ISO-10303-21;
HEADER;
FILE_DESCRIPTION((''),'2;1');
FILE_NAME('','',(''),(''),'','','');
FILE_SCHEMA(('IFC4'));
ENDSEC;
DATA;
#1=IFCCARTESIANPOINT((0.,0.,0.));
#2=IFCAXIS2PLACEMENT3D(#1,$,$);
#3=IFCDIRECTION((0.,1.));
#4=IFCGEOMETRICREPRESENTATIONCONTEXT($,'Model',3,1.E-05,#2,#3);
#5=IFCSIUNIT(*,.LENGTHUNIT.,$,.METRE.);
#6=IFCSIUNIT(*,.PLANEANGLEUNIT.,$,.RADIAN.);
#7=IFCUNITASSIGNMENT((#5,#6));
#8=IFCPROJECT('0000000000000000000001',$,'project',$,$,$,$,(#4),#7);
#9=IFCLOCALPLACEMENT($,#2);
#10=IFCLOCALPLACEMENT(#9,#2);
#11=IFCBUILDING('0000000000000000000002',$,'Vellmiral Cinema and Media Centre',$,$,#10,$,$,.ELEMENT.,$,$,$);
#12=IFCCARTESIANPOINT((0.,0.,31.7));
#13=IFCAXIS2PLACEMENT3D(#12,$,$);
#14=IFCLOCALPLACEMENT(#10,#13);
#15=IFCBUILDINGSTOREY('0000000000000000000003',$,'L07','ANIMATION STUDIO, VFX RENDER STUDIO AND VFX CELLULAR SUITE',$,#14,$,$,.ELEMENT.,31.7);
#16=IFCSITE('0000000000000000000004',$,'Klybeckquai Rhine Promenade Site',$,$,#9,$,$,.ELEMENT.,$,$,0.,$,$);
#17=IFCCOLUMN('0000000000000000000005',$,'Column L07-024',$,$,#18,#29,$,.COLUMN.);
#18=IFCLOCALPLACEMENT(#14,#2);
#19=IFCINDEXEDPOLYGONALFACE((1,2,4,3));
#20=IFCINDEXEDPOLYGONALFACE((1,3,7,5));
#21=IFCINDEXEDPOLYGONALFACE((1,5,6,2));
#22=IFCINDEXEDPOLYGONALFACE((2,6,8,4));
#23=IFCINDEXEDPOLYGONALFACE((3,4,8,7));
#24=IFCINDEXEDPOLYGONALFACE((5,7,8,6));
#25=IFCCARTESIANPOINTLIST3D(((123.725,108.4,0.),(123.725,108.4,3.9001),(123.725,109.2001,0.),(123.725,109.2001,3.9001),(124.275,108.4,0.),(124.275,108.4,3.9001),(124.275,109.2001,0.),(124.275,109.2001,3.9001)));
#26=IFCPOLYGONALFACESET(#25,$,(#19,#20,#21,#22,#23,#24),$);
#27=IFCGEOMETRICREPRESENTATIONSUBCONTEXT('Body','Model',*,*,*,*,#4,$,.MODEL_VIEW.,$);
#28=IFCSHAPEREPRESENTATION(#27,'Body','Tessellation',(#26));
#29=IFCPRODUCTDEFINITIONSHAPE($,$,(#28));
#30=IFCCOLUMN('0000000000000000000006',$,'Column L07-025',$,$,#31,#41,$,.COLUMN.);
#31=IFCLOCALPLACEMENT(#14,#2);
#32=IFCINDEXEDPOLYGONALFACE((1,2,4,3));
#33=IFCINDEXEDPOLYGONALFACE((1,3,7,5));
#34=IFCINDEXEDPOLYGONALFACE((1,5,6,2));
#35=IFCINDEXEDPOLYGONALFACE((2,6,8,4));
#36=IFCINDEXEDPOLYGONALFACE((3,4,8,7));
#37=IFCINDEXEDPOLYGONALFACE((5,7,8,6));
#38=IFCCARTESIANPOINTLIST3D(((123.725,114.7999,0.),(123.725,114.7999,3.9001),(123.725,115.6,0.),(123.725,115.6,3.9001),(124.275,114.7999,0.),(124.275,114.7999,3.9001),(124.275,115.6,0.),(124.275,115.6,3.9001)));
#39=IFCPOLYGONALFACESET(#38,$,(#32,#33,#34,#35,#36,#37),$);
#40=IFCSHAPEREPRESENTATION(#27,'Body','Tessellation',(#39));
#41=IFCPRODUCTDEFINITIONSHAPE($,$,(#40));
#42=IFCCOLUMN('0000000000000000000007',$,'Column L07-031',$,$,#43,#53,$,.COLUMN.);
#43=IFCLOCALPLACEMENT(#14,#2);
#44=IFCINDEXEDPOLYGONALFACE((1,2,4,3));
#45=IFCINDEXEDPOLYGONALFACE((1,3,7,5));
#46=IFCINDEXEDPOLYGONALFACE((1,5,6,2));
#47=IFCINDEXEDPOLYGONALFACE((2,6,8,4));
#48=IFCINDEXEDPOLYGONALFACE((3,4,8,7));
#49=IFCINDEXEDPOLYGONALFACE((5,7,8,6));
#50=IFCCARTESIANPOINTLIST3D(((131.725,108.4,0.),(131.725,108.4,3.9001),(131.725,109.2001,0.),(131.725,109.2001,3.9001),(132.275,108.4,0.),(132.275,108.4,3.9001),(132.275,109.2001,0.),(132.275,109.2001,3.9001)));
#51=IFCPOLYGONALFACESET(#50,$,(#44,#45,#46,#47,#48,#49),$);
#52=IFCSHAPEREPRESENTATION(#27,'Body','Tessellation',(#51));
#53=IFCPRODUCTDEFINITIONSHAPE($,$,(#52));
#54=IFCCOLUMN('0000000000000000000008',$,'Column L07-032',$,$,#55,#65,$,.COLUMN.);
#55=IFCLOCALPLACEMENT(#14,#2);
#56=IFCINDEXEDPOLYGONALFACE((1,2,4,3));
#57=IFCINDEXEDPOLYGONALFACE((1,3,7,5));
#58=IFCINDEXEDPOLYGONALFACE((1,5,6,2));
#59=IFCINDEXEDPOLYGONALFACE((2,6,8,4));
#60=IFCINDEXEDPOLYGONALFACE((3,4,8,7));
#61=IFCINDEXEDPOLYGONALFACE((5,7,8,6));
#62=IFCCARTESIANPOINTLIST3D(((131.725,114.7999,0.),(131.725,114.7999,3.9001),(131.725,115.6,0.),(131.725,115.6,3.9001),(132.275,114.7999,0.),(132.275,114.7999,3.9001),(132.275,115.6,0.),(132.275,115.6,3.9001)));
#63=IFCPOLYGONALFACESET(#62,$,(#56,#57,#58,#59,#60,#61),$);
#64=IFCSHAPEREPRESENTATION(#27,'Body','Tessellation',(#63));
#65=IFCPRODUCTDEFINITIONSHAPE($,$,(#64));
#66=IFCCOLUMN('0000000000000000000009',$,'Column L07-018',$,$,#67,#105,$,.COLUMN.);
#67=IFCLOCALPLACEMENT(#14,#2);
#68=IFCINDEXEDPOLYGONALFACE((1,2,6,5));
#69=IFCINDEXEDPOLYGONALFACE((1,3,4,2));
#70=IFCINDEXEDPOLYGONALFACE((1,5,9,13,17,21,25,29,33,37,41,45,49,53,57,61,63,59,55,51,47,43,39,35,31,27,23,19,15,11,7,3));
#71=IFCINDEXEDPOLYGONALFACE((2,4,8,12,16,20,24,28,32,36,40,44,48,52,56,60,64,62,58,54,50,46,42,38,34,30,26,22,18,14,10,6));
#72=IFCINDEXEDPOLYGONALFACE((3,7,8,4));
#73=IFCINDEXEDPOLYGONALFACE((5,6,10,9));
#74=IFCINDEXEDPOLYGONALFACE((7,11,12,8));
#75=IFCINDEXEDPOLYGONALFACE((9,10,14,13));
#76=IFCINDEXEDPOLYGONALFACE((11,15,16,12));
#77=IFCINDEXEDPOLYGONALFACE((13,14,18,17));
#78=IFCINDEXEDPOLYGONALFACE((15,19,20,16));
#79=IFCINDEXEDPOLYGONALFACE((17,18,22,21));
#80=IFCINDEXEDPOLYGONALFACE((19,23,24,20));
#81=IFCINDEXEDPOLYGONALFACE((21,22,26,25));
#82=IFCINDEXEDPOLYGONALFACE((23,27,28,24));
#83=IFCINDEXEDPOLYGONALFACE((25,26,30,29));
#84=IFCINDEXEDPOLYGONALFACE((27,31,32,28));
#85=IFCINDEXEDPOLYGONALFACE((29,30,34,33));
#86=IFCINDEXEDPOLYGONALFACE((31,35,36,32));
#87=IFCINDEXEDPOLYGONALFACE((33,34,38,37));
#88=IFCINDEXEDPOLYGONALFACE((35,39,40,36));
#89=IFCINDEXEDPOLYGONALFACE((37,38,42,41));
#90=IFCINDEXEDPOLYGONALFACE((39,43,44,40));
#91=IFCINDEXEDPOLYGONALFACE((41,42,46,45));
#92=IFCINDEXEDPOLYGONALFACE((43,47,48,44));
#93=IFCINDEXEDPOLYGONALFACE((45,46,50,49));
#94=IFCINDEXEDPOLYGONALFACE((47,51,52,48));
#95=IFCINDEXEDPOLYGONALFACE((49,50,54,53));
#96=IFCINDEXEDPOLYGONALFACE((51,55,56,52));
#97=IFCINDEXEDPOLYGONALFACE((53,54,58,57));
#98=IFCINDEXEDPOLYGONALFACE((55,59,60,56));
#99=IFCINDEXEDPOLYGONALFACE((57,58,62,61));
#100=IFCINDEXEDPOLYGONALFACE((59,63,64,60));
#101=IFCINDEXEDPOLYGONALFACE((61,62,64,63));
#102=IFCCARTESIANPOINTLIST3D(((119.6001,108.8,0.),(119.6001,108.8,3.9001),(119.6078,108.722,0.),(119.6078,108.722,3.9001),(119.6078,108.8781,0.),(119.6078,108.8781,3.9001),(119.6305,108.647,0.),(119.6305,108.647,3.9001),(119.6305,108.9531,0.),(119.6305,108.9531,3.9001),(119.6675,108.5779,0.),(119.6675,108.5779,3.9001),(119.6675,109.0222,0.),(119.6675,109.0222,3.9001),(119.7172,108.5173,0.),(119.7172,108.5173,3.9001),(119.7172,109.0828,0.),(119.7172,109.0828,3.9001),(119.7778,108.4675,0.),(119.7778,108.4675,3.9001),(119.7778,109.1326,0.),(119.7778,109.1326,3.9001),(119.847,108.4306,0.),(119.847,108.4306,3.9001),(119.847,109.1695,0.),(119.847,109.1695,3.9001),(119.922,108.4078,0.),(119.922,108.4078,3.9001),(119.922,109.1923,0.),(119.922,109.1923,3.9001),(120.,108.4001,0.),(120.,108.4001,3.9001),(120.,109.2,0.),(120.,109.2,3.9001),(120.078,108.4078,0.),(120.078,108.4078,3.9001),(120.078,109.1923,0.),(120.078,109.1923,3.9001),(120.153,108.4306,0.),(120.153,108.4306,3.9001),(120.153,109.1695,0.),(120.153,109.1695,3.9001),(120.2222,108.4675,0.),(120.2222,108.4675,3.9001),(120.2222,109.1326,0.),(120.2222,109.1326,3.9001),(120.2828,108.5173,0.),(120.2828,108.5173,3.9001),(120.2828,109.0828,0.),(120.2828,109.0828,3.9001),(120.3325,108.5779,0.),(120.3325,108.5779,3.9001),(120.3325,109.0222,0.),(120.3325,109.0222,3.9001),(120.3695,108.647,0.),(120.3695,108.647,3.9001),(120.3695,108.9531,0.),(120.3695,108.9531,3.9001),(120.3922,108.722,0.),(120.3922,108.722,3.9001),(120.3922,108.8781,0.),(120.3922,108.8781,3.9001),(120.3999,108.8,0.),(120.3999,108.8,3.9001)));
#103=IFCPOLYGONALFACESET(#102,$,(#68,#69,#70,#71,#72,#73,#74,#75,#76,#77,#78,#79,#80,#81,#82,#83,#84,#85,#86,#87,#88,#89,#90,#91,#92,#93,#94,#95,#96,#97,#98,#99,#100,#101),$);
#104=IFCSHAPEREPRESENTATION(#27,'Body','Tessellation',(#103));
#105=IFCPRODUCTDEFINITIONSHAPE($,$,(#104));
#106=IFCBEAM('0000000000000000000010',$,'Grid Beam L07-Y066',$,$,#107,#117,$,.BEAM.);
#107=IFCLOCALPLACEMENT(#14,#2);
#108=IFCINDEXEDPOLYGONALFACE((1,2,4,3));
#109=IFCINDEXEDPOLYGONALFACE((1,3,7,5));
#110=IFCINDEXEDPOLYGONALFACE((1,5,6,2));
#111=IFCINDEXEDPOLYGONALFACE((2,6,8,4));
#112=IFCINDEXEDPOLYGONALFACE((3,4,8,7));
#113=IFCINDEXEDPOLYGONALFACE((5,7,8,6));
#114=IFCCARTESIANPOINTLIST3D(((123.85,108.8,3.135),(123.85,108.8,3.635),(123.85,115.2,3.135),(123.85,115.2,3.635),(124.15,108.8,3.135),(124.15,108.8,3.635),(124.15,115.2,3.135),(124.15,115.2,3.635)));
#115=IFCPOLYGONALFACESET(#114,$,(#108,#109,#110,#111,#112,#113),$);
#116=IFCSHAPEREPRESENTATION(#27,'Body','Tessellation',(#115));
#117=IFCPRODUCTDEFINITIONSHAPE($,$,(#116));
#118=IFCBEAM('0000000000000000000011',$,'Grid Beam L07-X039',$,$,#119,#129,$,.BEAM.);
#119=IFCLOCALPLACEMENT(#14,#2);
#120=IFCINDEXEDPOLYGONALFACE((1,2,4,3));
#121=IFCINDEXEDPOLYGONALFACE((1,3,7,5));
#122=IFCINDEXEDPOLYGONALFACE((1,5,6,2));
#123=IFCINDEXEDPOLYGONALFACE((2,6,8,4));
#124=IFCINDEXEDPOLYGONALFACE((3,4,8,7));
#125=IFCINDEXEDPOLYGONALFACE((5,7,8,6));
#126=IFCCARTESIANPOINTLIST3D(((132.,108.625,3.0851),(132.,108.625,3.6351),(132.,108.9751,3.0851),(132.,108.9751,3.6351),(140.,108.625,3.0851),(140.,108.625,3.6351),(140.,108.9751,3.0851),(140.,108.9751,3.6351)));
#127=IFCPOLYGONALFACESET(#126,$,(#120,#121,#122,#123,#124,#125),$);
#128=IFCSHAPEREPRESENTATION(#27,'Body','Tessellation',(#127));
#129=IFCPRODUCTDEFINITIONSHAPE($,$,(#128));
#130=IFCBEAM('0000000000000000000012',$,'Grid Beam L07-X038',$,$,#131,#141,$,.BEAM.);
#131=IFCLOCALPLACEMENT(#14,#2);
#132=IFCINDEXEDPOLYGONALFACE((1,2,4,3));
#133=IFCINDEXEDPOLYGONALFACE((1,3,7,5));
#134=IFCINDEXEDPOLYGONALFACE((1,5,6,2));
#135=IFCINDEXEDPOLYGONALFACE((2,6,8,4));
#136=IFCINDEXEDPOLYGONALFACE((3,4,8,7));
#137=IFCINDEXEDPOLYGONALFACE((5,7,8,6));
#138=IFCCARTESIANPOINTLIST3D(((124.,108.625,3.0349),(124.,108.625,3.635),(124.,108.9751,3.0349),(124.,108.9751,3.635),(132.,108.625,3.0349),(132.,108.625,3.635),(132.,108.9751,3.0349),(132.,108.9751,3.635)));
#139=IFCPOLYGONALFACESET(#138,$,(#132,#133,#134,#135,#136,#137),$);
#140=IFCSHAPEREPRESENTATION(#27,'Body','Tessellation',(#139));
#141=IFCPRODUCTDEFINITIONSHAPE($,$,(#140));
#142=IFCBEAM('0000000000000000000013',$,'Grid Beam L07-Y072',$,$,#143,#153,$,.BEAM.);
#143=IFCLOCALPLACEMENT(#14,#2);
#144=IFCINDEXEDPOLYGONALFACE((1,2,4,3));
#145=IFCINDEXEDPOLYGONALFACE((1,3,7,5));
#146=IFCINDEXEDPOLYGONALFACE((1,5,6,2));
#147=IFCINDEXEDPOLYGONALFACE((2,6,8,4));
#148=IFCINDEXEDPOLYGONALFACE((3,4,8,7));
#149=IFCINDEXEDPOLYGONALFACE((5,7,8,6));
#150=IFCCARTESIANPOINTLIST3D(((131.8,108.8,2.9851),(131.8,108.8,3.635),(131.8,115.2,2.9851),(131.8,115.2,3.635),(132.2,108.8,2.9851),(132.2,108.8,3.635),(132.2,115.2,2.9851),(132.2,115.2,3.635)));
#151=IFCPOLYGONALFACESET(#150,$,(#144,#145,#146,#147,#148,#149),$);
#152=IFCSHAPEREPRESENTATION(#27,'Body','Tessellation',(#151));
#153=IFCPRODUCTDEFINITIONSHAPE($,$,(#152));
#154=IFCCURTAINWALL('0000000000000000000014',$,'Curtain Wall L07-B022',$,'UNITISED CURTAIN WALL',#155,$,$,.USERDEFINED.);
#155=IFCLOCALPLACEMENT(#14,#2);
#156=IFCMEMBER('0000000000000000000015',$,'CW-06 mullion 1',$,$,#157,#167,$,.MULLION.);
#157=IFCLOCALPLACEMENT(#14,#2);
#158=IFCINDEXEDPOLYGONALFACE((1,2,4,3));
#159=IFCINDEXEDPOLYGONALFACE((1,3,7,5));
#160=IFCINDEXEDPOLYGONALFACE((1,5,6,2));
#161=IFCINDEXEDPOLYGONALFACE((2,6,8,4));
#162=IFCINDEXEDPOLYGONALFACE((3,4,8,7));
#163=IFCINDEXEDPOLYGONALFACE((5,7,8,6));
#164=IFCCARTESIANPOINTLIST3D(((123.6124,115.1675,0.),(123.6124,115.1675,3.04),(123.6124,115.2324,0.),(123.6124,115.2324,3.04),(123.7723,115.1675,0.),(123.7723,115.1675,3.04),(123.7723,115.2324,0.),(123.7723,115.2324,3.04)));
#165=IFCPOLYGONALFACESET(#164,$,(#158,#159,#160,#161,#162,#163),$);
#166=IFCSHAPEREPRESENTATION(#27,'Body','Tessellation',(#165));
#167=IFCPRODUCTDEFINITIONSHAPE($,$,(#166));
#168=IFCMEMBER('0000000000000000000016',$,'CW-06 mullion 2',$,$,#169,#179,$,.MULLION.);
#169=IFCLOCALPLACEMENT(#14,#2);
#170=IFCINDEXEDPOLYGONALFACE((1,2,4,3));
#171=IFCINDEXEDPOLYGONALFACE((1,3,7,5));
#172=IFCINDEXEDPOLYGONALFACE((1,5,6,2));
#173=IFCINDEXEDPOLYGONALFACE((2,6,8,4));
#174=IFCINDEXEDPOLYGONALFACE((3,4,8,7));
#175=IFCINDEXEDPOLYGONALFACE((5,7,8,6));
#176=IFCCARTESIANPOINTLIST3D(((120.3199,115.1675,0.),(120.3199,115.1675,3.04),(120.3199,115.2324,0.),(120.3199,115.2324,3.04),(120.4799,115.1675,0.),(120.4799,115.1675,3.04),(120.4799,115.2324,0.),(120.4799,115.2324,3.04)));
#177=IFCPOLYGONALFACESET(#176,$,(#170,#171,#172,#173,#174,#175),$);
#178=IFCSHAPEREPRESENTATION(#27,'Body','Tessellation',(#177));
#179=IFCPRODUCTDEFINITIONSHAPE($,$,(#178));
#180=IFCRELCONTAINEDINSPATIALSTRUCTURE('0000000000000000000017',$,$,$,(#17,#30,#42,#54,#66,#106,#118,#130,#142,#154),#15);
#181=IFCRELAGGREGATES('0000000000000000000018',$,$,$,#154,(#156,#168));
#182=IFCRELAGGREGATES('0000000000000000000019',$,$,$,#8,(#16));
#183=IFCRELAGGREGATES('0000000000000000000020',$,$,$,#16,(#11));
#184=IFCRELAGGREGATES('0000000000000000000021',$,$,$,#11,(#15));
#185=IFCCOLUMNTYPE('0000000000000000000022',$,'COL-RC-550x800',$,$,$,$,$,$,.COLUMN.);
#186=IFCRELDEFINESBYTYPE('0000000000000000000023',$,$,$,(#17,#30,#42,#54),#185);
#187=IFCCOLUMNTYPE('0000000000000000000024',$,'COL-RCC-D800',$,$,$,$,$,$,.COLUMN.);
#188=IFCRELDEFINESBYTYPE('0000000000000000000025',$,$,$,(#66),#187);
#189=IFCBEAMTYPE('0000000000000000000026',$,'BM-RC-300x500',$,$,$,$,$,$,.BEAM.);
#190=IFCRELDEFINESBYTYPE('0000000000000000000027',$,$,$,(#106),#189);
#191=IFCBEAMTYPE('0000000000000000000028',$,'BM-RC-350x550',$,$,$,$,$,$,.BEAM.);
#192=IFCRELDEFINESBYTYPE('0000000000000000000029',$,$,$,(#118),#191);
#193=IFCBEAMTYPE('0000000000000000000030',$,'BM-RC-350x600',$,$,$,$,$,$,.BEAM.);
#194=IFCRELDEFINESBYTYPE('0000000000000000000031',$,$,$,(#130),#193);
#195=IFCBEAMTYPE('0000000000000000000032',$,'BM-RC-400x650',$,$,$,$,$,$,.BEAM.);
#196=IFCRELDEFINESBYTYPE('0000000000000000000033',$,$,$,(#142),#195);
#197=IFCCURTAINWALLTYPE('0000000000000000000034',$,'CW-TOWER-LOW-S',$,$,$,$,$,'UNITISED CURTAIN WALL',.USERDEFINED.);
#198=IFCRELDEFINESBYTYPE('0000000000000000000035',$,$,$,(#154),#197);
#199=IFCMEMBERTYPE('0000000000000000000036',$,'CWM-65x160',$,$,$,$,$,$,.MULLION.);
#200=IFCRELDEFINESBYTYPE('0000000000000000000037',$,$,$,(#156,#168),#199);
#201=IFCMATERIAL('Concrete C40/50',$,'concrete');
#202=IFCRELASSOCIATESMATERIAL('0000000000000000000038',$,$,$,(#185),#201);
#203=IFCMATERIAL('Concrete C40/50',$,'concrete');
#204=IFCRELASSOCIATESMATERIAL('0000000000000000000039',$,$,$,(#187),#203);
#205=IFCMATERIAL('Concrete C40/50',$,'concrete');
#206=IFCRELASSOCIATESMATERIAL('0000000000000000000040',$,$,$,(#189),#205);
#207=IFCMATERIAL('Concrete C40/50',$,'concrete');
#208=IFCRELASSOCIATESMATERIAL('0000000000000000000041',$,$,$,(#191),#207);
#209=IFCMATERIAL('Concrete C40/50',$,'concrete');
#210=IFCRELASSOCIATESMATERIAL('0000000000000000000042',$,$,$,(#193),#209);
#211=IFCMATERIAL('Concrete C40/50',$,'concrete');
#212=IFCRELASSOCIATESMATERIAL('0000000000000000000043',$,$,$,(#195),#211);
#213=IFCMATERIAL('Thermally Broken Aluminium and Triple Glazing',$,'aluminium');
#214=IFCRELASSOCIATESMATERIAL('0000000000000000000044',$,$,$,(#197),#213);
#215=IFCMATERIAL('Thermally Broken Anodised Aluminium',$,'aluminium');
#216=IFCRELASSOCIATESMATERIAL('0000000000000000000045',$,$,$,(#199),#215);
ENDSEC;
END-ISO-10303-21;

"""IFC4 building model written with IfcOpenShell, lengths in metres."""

from ifc_helpers import new_model, si_unit, direction, frame, origin, origin_2d, place, context, subcontext, project, spatial, rectangle, circle, extrude, material, material_profile, profile_set, type_object, element, aggregate, save


model = new_model("IFC4")

# Units and contexts
model_context = context("Model", 3, precision=1e-05, world=origin(), true_north=direction((0.0, 1.0)))
body_context = subcontext(model_context, "Body", "Model", "MODEL_VIEW")
ifc_project = project(units=[si_unit("LENGTHUNIT", "METRE"), si_unit("PLANEANGLEUNIT", "RADIAN")], contexts=[model_context])

# Site, building, storey
site_placement = place(None, origin())
site = spatial("IfcSite", under=ifc_project, at=site_placement, Name="Klybeckquai Rhine Promenade Site", CompositionType="ELEMENT", RefElevation=0.0)
building_placement = place(site_placement, origin())
building = spatial("IfcBuilding", under=site, at=building_placement, Name="Vellmiral Cinema and Media Centre", CompositionType="ELEMENT")
storey_placement = place(building_placement, frame((0.0, 0.0, 31.7)))
storey = spatial("IfcBuildingStorey", under=building, at=storey_placement, Name="L07", Description="ANIMATION STUDIO, VFX RENDER STUDIO AND VFX CELLULAR SUITE", CompositionType="ELEMENT", Elevation=31.7)

# Columns
ifc_material_1 = material(Name="Concrete C40/50", Category="concrete")
ifc_material_profile_1 = material_profile(ifc_material_1, rectangle(XDim=0.55, YDim=0.8, at=origin_2d()), Name="RC 550x800")
ifc_profile_set_1 = profile_set([ifc_material_profile_1], Name="Concrete C40/50")
column_type_1 = type_object("IfcColumnType", Name="COL-RC-550x800", PredefinedType="COLUMN", material=ifc_profile_set_1)
for number, where, z_axis, x_axis, name in (
    (1, (124.0, 108.8, 0.0), (0.0, 0.0, 1.0), (1.0, 0.0, 0.0), "Column L07-024"),
    (2, (124.0, 115.2, 0.0), (0.0, 0.0, 1.0), (1.0, 0.0, 0.0), "Column L07-025"),
    (3, (132.0, 108.8, 0.0), (0.0, 0.0, 1.0), (1.0, 0.0, 0.0), "Column L07-031"),
    (4, (132.0, 115.2, 0.0), (0.0, 0.0, 1.0), (1.0, 0.0, 0.0), "Column L07-032"),
):
    element("IfcColumn", number, at=place(storey_placement, frame(where, z_axis=z_axis, x_axis=x_axis)), inside=storey, type_object=column_type_1, Name=name, PredefinedType="COLUMN", context=body_context, shape_type="SweptSolid", body=[
        extrude(rectangle(XDim=0.55, YDim=0.8, at=origin_2d()), origin(), (0.0, 0.0, 1.0), 3.9001),
    ])
ifc_material_2 = material(Name="Concrete C40/50", Category="concrete")
ifc_material_profile_2 = material_profile(ifc_material_2, circle(Radius=0.3999, at=origin_2d()), Name="RC D800")
ifc_profile_set_2 = profile_set([ifc_material_profile_2], Name="Concrete C40/50")
column_type_2 = type_object("IfcColumnType", Name="COL-RCC-D800", PredefinedType="COLUMN", material=ifc_profile_set_2)
column_placement = place(storey_placement, frame((120.0, 108.8, 0.0), z_axis=(0.0, 0.0, 1.0), x_axis=(1.0, 0.0, 0.0)))
element("IfcColumn", 5, at=column_placement, inside=storey, type_object=column_type_2, Name="Column L07-018", PredefinedType="COLUMN", context=body_context, shape_type="SweptSolid", body=[
    extrude(circle(Radius=0.3999, at=origin_2d()), origin(), (0.0, 0.0, 1.0), 3.9001),
])

# Beams
ifc_material_3 = material(Name="Concrete C40/50", Category="concrete")
ifc_material_profile_3 = material_profile(ifc_material_3, rectangle(XDim=0.3, YDim=0.5, at=origin_2d()), Name="RC 300x500")
ifc_profile_set_3 = profile_set([ifc_material_profile_3], Name="Concrete C40/50")
beam_type_1 = type_object("IfcBeamType", Name="BM-RC-300x500", PredefinedType="BEAM", material=ifc_profile_set_3)
beam_1_placement = place(storey_placement, frame((124.0, 108.8, 3.385), z_axis=(0.0, 1.0, 0.0), x_axis=(-1.0, 0.0, 0.0)))
element("IfcBeam", 6, at=beam_1_placement, inside=storey, type_object=beam_type_1, Name="Grid Beam L07-Y066", PredefinedType="BEAM", context=body_context, shape_type="SweptSolid", body=[
    extrude(rectangle(XDim=0.3, YDim=0.5, at=origin_2d()), origin(), (0.0, 0.0, 1.0), 6.3999),
])
ifc_material_4 = material(Name="Concrete C40/50", Category="concrete")
ifc_material_profile_4 = material_profile(ifc_material_4, rectangle(XDim=0.3501, YDim=0.55, at=origin_2d()), Name="RC 350x550")
ifc_profile_set_4 = profile_set([ifc_material_profile_4], Name="Concrete C40/50")
beam_type_2 = type_object("IfcBeamType", Name="BM-RC-350x550", PredefinedType="BEAM", material=ifc_profile_set_4)
beam_2_placement = place(storey_placement, frame((132.0, 108.8, 3.3601), z_axis=(1.0, 0.0, 0.0), x_axis=(0.0, 1.0, 0.0)))
element("IfcBeam", 7, at=beam_2_placement, inside=storey, type_object=beam_type_2, Name="Grid Beam L07-X039", PredefinedType="BEAM", context=body_context, shape_type="SweptSolid", body=[
    extrude(rectangle(XDim=0.3501, YDim=0.55, at=origin_2d()), origin(), (0.0, 0.0, 1.0), 8.0),
])
ifc_material_5 = material(Name="Concrete C40/50", Category="concrete")
ifc_material_profile_5 = material_profile(ifc_material_5, rectangle(XDim=0.3501, YDim=0.6001, at=origin_2d()), Name="RC 350x600")
ifc_profile_set_5 = profile_set([ifc_material_profile_5], Name="Concrete C40/50")
beam_type_3 = type_object("IfcBeamType", Name="BM-RC-350x600", PredefinedType="BEAM", material=ifc_profile_set_5)
beam_3_placement = place(storey_placement, frame((124.0, 108.8, 3.335), z_axis=(1.0, 0.0, 0.0), x_axis=(0.0, 1.0, 0.0)))
element("IfcBeam", 8, at=beam_3_placement, inside=storey, type_object=beam_type_3, Name="Grid Beam L07-X038", PredefinedType="BEAM", context=body_context, shape_type="SweptSolid", body=[
    extrude(rectangle(XDim=0.3501, YDim=0.6001, at=origin_2d()), origin(), (0.0, 0.0, 1.0), 8.0),
])
ifc_material_6 = material(Name="Concrete C40/50", Category="concrete")
ifc_material_profile_6 = material_profile(ifc_material_6, rectangle(XDim=0.3999, YDim=0.6499, at=origin_2d()), Name="RC 400x650")
ifc_profile_set_6 = profile_set([ifc_material_profile_6], Name="Concrete C40/50")
beam_type_4 = type_object("IfcBeamType", Name="BM-RC-400x650", PredefinedType="BEAM", material=ifc_profile_set_6)
beam_4_placement = place(storey_placement, frame((132.0, 108.8, 3.3101), z_axis=(0.0, 1.0, 0.0), x_axis=(-1.0, 0.0, 0.0)))
element("IfcBeam", 9, at=beam_4_placement, inside=storey, type_object=beam_type_4, Name="Grid Beam L07-Y072", PredefinedType="BEAM", context=body_context, shape_type="SweptSolid", body=[
    extrude(rectangle(XDim=0.3999, YDim=0.6499, at=origin_2d()), origin(), (0.0, 0.0, 1.0), 6.3999),
])

# Curtain wall, members
ifc_material_7 = material(Name="Thermally Broken Aluminium and Triple Glazing", Category="aluminium")
curtain_wall_type = type_object("IfcCurtainWallType", Name="CW-TOWER-LOW-S", ElementType="UNITISED CURTAIN WALL", PredefinedType="USERDEFINED", material=ifc_material_7)
curtain_wall_placement = place(storey_placement, origin())
curtain_wall = element("IfcCurtainWall", 10, at=curtain_wall_placement, inside=storey, type_object=curtain_wall_type, Name="Curtain Wall L07-B022", ObjectType="UNITISED CURTAIN WALL", PredefinedType="USERDEFINED")
ifc_material_8 = material(Name="Thermally Broken Anodised Aluminium", Category="aluminium")
ifc_material_profile_7 = material_profile(ifc_material_8, rectangle(XDim=0.0649, YDim=0.1599, at=origin_2d()), Name="MULL 65x160")
ifc_profile_set_7 = profile_set([ifc_material_profile_7], Name="Thermally Broken Anodised Aluminium")
member_type_1 = type_object("IfcMemberType", Name="CWM-65x160", PredefinedType="MULLION", material=ifc_profile_set_7)
member_1_placement = place(storey_placement, frame((123.6924, 115.2, 0.0), z_axis=(0.0, 0.0, 1.0), x_axis=(0.0, -1.0, 0.0)))
member_1 = element("IfcMember", 11, at=member_1_placement, type_object=member_type_1, Name="CW-06 mullion 1", PredefinedType="MULLION", context=body_context, shape_type="SweptSolid", body=[
    extrude(rectangle(XDim=0.0649, YDim=0.1599, at=origin_2d()), origin(), (0.0, 0.0, 1.0), 3.04),
])
member_2_placement = place(storey_placement, frame((120.3999, 115.2, 0.0), z_axis=(0.0, 0.0, 1.0), x_axis=(0.0, -1.0, 0.0)))
member_2 = element("IfcMember", 12, at=member_2_placement, type_object=member_type_1, Name="CW-06 mullion 2", PredefinedType="MULLION", context=body_context, shape_type="SweptSolid", body=[
    extrude(rectangle(XDim=0.0649, YDim=0.1599, at=origin_2d()), origin(), (0.0, 0.0, 1.0), 3.04),
])

aggregate(curtain_wall, [member_1, member_2])

save(model, "model.ifc")
